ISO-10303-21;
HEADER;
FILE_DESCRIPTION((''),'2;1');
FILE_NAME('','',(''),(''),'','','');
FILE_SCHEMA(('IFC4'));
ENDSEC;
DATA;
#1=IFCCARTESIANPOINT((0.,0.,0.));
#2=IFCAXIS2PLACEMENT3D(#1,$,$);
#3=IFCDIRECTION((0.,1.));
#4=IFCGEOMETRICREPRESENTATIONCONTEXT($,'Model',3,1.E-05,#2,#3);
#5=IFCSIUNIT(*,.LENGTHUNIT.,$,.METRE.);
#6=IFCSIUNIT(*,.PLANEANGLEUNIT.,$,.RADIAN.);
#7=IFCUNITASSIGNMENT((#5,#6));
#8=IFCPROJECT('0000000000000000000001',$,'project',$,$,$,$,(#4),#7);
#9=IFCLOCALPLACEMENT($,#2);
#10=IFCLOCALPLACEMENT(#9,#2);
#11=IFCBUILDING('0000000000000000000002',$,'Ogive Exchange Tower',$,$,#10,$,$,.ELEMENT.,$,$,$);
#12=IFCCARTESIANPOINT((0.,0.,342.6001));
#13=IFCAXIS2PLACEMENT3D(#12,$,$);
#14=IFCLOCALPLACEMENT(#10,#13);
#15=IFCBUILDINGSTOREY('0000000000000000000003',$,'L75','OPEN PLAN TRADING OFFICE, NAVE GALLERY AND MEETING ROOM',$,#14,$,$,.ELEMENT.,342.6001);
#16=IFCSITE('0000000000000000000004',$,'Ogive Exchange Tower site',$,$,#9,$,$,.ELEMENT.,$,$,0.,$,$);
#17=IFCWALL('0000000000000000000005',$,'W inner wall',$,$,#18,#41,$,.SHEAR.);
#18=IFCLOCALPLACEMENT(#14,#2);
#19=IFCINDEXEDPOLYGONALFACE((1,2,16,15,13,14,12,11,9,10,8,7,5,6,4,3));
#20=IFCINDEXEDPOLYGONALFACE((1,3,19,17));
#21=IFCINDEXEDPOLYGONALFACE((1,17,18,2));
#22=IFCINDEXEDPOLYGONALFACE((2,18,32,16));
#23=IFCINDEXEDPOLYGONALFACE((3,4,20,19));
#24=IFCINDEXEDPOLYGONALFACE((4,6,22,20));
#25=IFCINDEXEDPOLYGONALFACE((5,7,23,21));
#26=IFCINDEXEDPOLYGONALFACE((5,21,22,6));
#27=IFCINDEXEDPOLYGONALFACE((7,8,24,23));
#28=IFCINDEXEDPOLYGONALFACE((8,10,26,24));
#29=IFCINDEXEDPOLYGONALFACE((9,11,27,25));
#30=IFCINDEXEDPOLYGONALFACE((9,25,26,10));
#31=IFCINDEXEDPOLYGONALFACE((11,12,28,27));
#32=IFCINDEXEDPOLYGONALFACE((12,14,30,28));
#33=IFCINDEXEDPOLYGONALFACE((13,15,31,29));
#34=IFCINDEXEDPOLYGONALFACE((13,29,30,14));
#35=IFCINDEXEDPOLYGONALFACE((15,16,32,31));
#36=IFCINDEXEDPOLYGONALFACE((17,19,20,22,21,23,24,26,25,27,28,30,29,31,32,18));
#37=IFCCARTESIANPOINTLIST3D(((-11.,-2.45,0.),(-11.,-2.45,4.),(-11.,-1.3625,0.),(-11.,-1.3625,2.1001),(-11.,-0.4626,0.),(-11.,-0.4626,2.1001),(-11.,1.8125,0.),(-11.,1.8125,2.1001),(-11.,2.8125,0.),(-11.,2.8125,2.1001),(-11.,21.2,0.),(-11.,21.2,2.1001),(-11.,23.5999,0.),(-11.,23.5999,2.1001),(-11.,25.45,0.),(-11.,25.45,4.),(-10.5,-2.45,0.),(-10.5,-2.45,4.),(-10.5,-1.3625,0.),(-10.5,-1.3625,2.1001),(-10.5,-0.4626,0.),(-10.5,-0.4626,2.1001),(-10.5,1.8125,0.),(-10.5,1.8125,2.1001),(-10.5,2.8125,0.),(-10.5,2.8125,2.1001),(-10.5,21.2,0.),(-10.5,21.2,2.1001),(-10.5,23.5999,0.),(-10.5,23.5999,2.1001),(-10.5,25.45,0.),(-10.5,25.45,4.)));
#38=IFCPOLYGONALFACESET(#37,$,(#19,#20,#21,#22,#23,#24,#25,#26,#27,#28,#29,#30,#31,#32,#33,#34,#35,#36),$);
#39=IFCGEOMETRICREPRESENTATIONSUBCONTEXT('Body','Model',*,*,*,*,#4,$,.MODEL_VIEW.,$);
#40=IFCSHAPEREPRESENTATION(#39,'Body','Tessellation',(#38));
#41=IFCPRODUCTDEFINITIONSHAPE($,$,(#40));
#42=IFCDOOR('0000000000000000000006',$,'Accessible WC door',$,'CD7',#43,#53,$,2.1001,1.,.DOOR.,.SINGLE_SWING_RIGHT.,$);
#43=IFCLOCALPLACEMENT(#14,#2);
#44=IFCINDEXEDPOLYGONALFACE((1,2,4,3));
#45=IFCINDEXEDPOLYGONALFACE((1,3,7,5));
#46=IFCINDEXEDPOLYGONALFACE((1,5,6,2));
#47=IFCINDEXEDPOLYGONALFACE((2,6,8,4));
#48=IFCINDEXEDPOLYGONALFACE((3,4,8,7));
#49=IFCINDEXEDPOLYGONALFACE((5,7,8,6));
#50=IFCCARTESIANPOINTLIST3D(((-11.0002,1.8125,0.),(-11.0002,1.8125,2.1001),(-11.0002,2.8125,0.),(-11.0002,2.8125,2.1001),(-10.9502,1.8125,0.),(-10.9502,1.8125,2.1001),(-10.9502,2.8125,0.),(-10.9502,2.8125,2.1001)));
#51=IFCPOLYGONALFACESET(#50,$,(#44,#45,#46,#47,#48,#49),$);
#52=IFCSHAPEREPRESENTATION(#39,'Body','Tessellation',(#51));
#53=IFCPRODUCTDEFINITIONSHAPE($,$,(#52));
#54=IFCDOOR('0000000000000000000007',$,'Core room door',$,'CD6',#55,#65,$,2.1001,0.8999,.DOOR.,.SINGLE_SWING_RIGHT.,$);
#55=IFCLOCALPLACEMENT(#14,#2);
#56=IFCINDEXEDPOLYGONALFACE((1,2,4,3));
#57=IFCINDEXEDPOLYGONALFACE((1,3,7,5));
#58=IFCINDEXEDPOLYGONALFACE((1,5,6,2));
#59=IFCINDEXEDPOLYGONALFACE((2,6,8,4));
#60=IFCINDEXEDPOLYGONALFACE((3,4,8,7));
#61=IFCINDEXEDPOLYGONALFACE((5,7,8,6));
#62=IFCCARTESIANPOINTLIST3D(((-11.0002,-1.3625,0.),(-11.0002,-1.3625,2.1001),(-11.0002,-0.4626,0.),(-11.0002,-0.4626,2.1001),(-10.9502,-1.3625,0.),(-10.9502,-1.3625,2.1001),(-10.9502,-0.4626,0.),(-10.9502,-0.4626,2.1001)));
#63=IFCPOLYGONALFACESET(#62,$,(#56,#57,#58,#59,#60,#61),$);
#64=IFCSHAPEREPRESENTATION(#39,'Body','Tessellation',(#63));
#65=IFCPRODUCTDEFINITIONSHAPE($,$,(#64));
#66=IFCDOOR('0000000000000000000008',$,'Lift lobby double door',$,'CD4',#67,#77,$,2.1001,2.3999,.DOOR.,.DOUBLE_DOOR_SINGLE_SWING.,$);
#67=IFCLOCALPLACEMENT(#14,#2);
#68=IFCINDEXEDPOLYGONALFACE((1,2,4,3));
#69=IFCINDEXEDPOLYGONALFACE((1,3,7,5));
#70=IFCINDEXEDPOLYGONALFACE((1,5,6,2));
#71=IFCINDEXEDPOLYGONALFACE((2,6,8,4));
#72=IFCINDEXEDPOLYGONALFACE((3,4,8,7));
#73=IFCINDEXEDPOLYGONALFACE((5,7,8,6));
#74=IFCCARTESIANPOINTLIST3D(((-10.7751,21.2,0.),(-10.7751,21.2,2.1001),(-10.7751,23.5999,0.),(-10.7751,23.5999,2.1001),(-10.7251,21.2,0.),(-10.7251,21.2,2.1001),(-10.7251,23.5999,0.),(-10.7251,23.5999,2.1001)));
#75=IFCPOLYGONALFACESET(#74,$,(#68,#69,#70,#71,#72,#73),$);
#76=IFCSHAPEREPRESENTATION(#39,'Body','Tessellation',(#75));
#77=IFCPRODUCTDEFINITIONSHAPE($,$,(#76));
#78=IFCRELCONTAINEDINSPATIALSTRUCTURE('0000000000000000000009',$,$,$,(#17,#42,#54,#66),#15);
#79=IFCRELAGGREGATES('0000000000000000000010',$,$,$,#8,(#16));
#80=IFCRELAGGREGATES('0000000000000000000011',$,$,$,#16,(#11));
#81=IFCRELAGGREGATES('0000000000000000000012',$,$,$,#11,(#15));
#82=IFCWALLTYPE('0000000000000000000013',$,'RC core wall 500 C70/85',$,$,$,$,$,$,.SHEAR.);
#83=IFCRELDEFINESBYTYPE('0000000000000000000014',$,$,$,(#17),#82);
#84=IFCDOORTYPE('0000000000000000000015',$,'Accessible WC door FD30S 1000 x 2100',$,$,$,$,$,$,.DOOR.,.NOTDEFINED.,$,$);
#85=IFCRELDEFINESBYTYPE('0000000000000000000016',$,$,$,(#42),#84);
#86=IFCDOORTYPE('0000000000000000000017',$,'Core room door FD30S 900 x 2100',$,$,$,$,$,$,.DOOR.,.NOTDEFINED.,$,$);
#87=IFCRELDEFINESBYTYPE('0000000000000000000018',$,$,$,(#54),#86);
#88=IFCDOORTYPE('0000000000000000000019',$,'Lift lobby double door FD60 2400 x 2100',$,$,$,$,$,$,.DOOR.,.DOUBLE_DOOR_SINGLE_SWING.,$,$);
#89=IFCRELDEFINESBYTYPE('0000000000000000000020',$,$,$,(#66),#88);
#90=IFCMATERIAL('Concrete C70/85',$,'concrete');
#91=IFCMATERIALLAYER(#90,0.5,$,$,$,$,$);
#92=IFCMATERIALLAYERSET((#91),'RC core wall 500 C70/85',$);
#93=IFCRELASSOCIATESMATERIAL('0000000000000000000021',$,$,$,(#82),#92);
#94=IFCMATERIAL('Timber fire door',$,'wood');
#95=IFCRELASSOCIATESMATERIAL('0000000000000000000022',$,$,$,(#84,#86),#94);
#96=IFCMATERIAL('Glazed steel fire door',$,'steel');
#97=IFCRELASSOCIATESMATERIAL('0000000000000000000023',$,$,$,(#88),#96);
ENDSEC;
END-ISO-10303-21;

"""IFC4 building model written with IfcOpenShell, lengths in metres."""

from ifc_helpers import new_model, si_unit, direction, frame, frame_2d, origin, place, context, subcontext, project, spatial, rectangle, extrude, material, layer, layer_set, type_object, element, fill, save


model = new_model("IFC4")

# Units and contexts
model_context = context("Model", 3, precision=1e-05, world=origin(), true_north=direction((0.0, 1.0)))
body_context = subcontext(model_context, "Body", "Model", "MODEL_VIEW")
ifc_project = project(units=[si_unit("LENGTHUNIT", "METRE"), si_unit("PLANEANGLEUNIT", "RADIAN")], contexts=[model_context])

# Site, building, storey
site_placement = place(None, origin())
site = spatial("IfcSite", under=ifc_project, at=site_placement, Name="Ogive Exchange Tower site", CompositionType="ELEMENT", RefElevation=0.0)
building_placement = place(site_placement, origin())
building = spatial("IfcBuilding", under=site, at=building_placement, Name="Ogive Exchange Tower", CompositionType="ELEMENT")
storey_placement = place(building_placement, frame((0.0, 0.0, 342.6001)))
storey = spatial("IfcBuildingStorey", under=building, at=storey_placement, Name="L75", Description="OPEN PLAN TRADING OFFICE, NAVE GALLERY AND MEETING ROOM", CompositionType="ELEMENT", Elevation=342.6001)

# Shared definitions
ifc_material_1 = material(Name="Concrete C70/85", Category="concrete")

# Wall, openings, doors
ifc_layer_1 = layer(ifc_material_1, 0.5)
ifc_layer_set_1 = layer_set([ifc_layer_1], Name="RC core wall 500 C70/85")
wall_type_1 = type_object("IfcWallType", Name="RC core wall 500 C70/85", PredefinedType="SHEAR", material=ifc_layer_set_1)
wall_1_placement = place(storey_placement, frame((-10.75, -2.45, 0.0), z_axis=(0.0, 0.0, 1.0), x_axis=(0.0, 1.0, 0.0)))
wall_1 = element("IfcWall", 1, at=wall_1_placement, inside=storey, type_object=wall_type_1, Name="W inner wall", PredefinedType="SHEAR", context=body_context, shape_type="SweptSolid", body=[
    extrude(rectangle(XDim=27.8999, YDim=0.5, at=frame_2d((13.95, 0.0))), origin(), (0.0, 0.0, 1.0), 4.0),
])
opening_1_placement = place(wall_1_placement, frame((23.6499, 0.0, 0.0)))
opening_1 = element("IfcOpeningElement", 2, at=opening_1_placement, cuts=wall_1, PredefinedType="OPENING", context=body_context, shape_type="SweptSolid", body=[
    extrude(rectangle(XDim=2.3999, YDim=2.1001, at=frame_2d((1.2, 1.05))), frame((0.0, 0.26, 0.0), z_axis=(0.0, -1.0, 0.0), x_axis=(1.0, 0.0, 0.0)), (0.0, 0.0, 1.0), 0.52),
])
opening_2_placement = place(wall_1_placement, frame((1.0874, 0.0, 0.0)))
opening_2 = element("IfcOpeningElement", 3, at=opening_2_placement, cuts=wall_1, PredefinedType="OPENING", context=body_context, shape_type="SweptSolid", body=[
    extrude(rectangle(XDim=0.8999, YDim=2.1001, at=frame_2d((0.45, 1.05))), frame((0.0, 0.26, 0.0), z_axis=(0.0, -1.0, 0.0), x_axis=(1.0, 0.0, 0.0)), (0.0, 0.0, 1.0), 0.52),
])
opening_3_placement = place(wall_1_placement, frame((4.2625, 0.0, 0.0)))
opening_3 = element("IfcOpeningElement", 4, at=opening_3_placement, cuts=wall_1, PredefinedType="OPENING", context=body_context, shape_type="SweptSolid", body=[
    extrude(rectangle(XDim=1.0, YDim=2.1001, at=frame_2d((0.5, 1.05))), frame((0.0, 0.26, 0.0), z_axis=(0.0, -1.0, 0.0), x_axis=(1.0, 0.0, 0.0)), (0.0, 0.0, 1.0), 0.52),
])
ifc_material_2 = material(Name="Timber fire door", Category="wood")
door_type_1 = type_object("IfcDoorType", Name="Accessible WC door FD30S 1000 x 2100", OperationType="NOTDEFINED", PredefinedType="DOOR", material=ifc_material_2)
door_1_placement = place(opening_3_placement, frame((1.0, 0.4502, 0.0), z_axis=(0.0, 0.0, 1.0), x_axis=(-1.0, 0.0, 0.0)))
door_1 = element("IfcDoor", 5, at=door_1_placement, inside=storey, type_object=door_type_1, Name="Accessible WC door", ObjectType="CD7", OperationType="SINGLE_SWING_RIGHT", OverallHeight=2.1001, OverallWidth=1.0, PredefinedType="DOOR", context=body_context, shape_type="SweptSolid", body=[
    extrude(rectangle(XDim=1.0, YDim=2.1001, at=frame_2d((0.5, 1.05))), frame((0.0, 0.25, 0.0), z_axis=(0.0, -1.0, 0.0), x_axis=(1.0, 0.0, 0.0)), (0.0, 0.0, 1.0), 0.05),
])
fill(opening_3, door_1)
door_type_2 = type_object("IfcDoorType", Name="Core room door FD30S 900 x 2100", OperationType="NOTDEFINED", PredefinedType="DOOR", material=ifc_material_2)
door_2_placement = place(opening_2_placement, frame((0.8999, 0.4502, 0.0), z_axis=(0.0, 0.0, 1.0), x_axis=(-1.0, 0.0, 0.0)))
door_2 = element("IfcDoor", 6, at=door_2_placement, inside=storey, type_object=door_type_2, Name="Core room door", ObjectType="CD6", OperationType="SINGLE_SWING_RIGHT", OverallHeight=2.1001, OverallWidth=0.8999, PredefinedType="DOOR", context=body_context, shape_type="SweptSolid", body=[
    extrude(rectangle(XDim=0.8999, YDim=2.1001, at=frame_2d((0.45, 1.05))), frame((0.0, 0.25, 0.0), z_axis=(0.0, -1.0, 0.0), x_axis=(1.0, 0.0, 0.0)), (0.0, 0.0, 1.0), 0.05),
])
fill(opening_2, door_2)
ifc_material_3 = material(Name="Glazed steel fire door", Category="steel")
door_type_3 = type_object("IfcDoorType", Name="Lift lobby double door FD60 2400 x 2100", OperationType="DOUBLE_DOOR_SINGLE_SWING", PredefinedType="DOOR", material=ifc_material_3)
door_3_placement = place(opening_1_placement, frame((2.3999, 0.0, 0.0), z_axis=(0.0, 0.0, 1.0), x_axis=(-1.0, 0.0, 0.0)))
door_3 = element("IfcDoor", 7, at=door_3_placement, inside=storey, type_object=door_type_3, Name="Lift lobby double door", ObjectType="CD4", OperationType="DOUBLE_DOOR_SINGLE_SWING", OverallHeight=2.1001, OverallWidth=2.3999, PredefinedType="DOOR", context=body_context, shape_type="SweptSolid", body=[
    extrude(rectangle(XDim=2.3999, YDim=2.1001, at=frame_2d((1.2, 1.05))), frame((0.0, 0.0249, 0.0), z_axis=(0.0, -1.0, 0.0), x_axis=(1.0, 0.0, 0.0)), (0.0, 0.0, 1.0), 0.05),
])
fill(opening_1, door_3)

save(model, "model.ifc")
